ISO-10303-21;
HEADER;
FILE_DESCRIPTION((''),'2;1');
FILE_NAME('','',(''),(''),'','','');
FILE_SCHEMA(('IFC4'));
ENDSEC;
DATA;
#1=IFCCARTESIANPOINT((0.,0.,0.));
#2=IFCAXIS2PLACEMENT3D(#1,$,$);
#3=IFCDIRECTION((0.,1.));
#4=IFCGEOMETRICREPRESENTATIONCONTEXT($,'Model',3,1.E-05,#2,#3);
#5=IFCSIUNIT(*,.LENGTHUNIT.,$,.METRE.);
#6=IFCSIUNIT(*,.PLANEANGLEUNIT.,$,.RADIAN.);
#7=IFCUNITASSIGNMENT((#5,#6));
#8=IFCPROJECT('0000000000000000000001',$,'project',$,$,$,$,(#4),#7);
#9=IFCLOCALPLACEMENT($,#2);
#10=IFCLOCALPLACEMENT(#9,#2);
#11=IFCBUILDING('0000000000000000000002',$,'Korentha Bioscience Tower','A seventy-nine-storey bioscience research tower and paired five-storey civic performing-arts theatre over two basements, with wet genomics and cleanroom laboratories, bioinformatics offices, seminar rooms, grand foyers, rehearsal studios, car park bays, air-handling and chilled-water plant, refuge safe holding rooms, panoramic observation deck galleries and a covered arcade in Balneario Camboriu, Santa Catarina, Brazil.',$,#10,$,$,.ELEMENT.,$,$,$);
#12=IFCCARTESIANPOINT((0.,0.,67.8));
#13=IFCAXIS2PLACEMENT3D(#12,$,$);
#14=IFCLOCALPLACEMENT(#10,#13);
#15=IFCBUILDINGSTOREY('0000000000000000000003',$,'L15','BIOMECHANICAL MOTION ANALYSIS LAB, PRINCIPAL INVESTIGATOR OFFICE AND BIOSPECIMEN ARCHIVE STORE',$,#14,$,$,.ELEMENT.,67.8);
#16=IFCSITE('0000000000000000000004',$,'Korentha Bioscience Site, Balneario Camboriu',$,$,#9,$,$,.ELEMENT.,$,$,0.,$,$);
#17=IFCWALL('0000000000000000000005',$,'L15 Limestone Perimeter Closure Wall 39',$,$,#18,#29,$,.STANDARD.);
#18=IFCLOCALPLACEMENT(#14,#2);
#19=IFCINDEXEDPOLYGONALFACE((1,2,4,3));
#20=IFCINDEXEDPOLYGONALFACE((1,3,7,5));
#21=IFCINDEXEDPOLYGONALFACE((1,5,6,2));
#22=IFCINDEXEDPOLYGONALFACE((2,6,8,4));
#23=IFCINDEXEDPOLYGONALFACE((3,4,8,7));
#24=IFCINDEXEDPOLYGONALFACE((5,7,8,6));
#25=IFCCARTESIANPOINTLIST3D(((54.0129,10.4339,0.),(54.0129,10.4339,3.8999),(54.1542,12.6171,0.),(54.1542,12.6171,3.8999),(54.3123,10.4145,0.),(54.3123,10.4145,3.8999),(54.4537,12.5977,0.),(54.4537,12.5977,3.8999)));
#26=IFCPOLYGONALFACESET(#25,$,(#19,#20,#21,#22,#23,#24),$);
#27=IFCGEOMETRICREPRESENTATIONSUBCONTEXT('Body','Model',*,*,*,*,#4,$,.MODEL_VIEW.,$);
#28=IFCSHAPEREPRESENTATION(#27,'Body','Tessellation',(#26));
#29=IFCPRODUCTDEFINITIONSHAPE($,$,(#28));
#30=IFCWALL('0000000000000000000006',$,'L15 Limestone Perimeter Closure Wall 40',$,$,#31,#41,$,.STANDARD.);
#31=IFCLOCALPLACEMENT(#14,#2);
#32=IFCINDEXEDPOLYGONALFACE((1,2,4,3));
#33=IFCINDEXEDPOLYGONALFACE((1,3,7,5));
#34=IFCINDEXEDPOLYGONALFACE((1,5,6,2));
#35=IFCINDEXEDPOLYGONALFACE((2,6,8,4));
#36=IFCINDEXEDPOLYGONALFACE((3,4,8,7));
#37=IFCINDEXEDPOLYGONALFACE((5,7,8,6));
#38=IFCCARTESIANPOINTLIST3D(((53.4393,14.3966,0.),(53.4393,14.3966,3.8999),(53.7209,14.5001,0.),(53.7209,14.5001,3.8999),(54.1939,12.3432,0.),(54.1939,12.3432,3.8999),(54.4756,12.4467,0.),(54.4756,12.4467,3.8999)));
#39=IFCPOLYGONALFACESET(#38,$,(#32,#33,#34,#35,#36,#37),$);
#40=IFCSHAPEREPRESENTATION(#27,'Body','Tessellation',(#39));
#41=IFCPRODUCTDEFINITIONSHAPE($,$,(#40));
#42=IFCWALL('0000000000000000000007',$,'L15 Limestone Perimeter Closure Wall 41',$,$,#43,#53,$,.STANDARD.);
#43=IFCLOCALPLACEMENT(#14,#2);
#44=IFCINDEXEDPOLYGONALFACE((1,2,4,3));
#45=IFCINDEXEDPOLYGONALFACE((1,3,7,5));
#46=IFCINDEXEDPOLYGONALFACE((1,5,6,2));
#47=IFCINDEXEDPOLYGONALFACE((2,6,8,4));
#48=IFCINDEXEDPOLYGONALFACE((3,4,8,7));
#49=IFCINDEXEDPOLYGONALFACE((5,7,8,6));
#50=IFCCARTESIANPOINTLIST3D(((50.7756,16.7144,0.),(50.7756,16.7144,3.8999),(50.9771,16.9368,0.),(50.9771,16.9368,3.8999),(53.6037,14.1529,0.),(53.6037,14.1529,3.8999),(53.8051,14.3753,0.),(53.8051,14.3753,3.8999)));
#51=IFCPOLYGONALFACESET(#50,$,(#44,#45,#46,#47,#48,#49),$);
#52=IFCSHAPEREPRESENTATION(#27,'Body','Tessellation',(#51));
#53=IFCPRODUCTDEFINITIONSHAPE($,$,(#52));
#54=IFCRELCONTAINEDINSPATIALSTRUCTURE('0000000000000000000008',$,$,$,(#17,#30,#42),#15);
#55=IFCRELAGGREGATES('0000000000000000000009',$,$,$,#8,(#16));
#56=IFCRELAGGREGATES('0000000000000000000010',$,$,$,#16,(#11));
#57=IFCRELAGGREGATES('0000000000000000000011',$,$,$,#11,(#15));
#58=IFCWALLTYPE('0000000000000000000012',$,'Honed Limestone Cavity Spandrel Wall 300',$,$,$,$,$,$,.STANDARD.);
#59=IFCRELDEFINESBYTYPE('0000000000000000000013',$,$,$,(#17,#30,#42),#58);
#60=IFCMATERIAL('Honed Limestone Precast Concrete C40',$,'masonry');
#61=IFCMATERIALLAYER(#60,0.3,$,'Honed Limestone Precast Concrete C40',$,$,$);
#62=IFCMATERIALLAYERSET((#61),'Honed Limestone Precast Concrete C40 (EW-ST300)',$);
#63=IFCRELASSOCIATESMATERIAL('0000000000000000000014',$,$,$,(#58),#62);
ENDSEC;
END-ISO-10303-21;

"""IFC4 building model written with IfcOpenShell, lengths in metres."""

from ifc_helpers import new_model, si_unit, direction, frame, frame_2d, origin, place, context, subcontext, project, spatial, rectangle, extrude, material, layer, layer_set, type_object, element, save


model = new_model("IFC4")

# Units and contexts
model_context = context("Model", 3, precision=1e-05, world=origin(), true_north=direction((0.0, 1.0)))
body_context = subcontext(model_context, "Body", "Model", "MODEL_VIEW")
ifc_project = project(units=[si_unit("LENGTHUNIT", "METRE"), si_unit("PLANEANGLEUNIT", "RADIAN")], contexts=[model_context])

# Site, building, storey
site_placement = place(None, origin())
site = spatial("IfcSite", under=ifc_project, at=site_placement, Name="Korentha Bioscience Site, Balneario Camboriu", CompositionType="ELEMENT", RefElevation=0.0)
building_placement = place(site_placement, origin())
building = spatial("IfcBuilding", under=site, at=building_placement, Name="Korentha Bioscience Tower", Description="A seventy-nine-storey bioscience research tower and paired five-storey civic performing-arts theatre over two basements, with wet genomics and cleanroom laboratories, bioinformatics offices, seminar rooms, grand foyers, rehearsal studios, car park bays, air-handling and chilled-water plant, refuge safe holding rooms, panoramic observation deck galleries and a covered arcade in Balneario Camboriu, Santa Catarina, Brazil.", CompositionType="ELEMENT")
storey_placement = place(building_placement, frame((0.0, 0.0, 67.8)))
storey = spatial("IfcBuildingStorey", under=building, at=storey_placement, Name="L15", Description="BIOMECHANICAL MOTION ANALYSIS LAB, PRINCIPAL INVESTIGATOR OFFICE AND BIOSPECIMEN ARCHIVE STORE", CompositionType="ELEMENT", Elevation=67.8)

# Walls
ifc_material_1 = material(Name="Honed Limestone Precast Concrete C40", Category="masonry")
ifc_layer_1 = layer(ifc_material_1, 0.3, Name="Honed Limestone Precast Concrete C40")
ifc_layer_set_1 = layer_set([ifc_layer_1], Name="Honed Limestone Precast Concrete C40 (EW-ST300)")
wall_type = type_object("IfcWallType", Name="Honed Limestone Cavity Spandrel Wall 300", PredefinedType="STANDARD", material=ifc_layer_set_1)
for number, where, z_axis, x_axis, name in (
    (1, (54.1626, 10.4243, 0.0), (0.0, 0.0, 1.0), (0.064615, 0.99791, 0.0), "L15 Limestone Perimeter Closure Wall 39"),
    (2, (54.3347, 12.395, 0.0), (0.0, 0.0, 1.0), (-0.34494, 0.938625, 0.0), "L15 Limestone Perimeter Closure Wall 40"),
):
    element("IfcWall", number, at=place(storey_placement, frame(where, z_axis=z_axis, x_axis=x_axis)), inside=storey, type_object=wall_type, Name=name, PredefinedType="STANDARD", context=body_context, shape_type="SweptSolid", body=[
        extrude(rectangle(XDim=2.1877, YDim=0.3, at=frame_2d((1.0938, 0.0))), origin(), (0.0, 0.0, 1.0), 3.8999),
    ])
wall_1_placement = place(storey_placement, frame((53.7043, 14.2642, 0.0), z_axis=(0.0, 0.0, 1.0), x_axis=(-0.741178, 0.671309, 0.0)))
element("IfcWall", 3, at=wall_1_placement, inside=storey, type_object=wall_type, Name="L15 Limestone Perimeter Closure Wall 41", PredefinedType="STANDARD", context=body_context, shape_type="SweptSolid", body=[
    extrude(rectangle(XDim=3.8157, YDim=0.3, at=frame_2d((1.9077, 0.0))), origin(), (0.0, 0.0, 1.0), 3.8999),
])

save(model, "model.ifc")
